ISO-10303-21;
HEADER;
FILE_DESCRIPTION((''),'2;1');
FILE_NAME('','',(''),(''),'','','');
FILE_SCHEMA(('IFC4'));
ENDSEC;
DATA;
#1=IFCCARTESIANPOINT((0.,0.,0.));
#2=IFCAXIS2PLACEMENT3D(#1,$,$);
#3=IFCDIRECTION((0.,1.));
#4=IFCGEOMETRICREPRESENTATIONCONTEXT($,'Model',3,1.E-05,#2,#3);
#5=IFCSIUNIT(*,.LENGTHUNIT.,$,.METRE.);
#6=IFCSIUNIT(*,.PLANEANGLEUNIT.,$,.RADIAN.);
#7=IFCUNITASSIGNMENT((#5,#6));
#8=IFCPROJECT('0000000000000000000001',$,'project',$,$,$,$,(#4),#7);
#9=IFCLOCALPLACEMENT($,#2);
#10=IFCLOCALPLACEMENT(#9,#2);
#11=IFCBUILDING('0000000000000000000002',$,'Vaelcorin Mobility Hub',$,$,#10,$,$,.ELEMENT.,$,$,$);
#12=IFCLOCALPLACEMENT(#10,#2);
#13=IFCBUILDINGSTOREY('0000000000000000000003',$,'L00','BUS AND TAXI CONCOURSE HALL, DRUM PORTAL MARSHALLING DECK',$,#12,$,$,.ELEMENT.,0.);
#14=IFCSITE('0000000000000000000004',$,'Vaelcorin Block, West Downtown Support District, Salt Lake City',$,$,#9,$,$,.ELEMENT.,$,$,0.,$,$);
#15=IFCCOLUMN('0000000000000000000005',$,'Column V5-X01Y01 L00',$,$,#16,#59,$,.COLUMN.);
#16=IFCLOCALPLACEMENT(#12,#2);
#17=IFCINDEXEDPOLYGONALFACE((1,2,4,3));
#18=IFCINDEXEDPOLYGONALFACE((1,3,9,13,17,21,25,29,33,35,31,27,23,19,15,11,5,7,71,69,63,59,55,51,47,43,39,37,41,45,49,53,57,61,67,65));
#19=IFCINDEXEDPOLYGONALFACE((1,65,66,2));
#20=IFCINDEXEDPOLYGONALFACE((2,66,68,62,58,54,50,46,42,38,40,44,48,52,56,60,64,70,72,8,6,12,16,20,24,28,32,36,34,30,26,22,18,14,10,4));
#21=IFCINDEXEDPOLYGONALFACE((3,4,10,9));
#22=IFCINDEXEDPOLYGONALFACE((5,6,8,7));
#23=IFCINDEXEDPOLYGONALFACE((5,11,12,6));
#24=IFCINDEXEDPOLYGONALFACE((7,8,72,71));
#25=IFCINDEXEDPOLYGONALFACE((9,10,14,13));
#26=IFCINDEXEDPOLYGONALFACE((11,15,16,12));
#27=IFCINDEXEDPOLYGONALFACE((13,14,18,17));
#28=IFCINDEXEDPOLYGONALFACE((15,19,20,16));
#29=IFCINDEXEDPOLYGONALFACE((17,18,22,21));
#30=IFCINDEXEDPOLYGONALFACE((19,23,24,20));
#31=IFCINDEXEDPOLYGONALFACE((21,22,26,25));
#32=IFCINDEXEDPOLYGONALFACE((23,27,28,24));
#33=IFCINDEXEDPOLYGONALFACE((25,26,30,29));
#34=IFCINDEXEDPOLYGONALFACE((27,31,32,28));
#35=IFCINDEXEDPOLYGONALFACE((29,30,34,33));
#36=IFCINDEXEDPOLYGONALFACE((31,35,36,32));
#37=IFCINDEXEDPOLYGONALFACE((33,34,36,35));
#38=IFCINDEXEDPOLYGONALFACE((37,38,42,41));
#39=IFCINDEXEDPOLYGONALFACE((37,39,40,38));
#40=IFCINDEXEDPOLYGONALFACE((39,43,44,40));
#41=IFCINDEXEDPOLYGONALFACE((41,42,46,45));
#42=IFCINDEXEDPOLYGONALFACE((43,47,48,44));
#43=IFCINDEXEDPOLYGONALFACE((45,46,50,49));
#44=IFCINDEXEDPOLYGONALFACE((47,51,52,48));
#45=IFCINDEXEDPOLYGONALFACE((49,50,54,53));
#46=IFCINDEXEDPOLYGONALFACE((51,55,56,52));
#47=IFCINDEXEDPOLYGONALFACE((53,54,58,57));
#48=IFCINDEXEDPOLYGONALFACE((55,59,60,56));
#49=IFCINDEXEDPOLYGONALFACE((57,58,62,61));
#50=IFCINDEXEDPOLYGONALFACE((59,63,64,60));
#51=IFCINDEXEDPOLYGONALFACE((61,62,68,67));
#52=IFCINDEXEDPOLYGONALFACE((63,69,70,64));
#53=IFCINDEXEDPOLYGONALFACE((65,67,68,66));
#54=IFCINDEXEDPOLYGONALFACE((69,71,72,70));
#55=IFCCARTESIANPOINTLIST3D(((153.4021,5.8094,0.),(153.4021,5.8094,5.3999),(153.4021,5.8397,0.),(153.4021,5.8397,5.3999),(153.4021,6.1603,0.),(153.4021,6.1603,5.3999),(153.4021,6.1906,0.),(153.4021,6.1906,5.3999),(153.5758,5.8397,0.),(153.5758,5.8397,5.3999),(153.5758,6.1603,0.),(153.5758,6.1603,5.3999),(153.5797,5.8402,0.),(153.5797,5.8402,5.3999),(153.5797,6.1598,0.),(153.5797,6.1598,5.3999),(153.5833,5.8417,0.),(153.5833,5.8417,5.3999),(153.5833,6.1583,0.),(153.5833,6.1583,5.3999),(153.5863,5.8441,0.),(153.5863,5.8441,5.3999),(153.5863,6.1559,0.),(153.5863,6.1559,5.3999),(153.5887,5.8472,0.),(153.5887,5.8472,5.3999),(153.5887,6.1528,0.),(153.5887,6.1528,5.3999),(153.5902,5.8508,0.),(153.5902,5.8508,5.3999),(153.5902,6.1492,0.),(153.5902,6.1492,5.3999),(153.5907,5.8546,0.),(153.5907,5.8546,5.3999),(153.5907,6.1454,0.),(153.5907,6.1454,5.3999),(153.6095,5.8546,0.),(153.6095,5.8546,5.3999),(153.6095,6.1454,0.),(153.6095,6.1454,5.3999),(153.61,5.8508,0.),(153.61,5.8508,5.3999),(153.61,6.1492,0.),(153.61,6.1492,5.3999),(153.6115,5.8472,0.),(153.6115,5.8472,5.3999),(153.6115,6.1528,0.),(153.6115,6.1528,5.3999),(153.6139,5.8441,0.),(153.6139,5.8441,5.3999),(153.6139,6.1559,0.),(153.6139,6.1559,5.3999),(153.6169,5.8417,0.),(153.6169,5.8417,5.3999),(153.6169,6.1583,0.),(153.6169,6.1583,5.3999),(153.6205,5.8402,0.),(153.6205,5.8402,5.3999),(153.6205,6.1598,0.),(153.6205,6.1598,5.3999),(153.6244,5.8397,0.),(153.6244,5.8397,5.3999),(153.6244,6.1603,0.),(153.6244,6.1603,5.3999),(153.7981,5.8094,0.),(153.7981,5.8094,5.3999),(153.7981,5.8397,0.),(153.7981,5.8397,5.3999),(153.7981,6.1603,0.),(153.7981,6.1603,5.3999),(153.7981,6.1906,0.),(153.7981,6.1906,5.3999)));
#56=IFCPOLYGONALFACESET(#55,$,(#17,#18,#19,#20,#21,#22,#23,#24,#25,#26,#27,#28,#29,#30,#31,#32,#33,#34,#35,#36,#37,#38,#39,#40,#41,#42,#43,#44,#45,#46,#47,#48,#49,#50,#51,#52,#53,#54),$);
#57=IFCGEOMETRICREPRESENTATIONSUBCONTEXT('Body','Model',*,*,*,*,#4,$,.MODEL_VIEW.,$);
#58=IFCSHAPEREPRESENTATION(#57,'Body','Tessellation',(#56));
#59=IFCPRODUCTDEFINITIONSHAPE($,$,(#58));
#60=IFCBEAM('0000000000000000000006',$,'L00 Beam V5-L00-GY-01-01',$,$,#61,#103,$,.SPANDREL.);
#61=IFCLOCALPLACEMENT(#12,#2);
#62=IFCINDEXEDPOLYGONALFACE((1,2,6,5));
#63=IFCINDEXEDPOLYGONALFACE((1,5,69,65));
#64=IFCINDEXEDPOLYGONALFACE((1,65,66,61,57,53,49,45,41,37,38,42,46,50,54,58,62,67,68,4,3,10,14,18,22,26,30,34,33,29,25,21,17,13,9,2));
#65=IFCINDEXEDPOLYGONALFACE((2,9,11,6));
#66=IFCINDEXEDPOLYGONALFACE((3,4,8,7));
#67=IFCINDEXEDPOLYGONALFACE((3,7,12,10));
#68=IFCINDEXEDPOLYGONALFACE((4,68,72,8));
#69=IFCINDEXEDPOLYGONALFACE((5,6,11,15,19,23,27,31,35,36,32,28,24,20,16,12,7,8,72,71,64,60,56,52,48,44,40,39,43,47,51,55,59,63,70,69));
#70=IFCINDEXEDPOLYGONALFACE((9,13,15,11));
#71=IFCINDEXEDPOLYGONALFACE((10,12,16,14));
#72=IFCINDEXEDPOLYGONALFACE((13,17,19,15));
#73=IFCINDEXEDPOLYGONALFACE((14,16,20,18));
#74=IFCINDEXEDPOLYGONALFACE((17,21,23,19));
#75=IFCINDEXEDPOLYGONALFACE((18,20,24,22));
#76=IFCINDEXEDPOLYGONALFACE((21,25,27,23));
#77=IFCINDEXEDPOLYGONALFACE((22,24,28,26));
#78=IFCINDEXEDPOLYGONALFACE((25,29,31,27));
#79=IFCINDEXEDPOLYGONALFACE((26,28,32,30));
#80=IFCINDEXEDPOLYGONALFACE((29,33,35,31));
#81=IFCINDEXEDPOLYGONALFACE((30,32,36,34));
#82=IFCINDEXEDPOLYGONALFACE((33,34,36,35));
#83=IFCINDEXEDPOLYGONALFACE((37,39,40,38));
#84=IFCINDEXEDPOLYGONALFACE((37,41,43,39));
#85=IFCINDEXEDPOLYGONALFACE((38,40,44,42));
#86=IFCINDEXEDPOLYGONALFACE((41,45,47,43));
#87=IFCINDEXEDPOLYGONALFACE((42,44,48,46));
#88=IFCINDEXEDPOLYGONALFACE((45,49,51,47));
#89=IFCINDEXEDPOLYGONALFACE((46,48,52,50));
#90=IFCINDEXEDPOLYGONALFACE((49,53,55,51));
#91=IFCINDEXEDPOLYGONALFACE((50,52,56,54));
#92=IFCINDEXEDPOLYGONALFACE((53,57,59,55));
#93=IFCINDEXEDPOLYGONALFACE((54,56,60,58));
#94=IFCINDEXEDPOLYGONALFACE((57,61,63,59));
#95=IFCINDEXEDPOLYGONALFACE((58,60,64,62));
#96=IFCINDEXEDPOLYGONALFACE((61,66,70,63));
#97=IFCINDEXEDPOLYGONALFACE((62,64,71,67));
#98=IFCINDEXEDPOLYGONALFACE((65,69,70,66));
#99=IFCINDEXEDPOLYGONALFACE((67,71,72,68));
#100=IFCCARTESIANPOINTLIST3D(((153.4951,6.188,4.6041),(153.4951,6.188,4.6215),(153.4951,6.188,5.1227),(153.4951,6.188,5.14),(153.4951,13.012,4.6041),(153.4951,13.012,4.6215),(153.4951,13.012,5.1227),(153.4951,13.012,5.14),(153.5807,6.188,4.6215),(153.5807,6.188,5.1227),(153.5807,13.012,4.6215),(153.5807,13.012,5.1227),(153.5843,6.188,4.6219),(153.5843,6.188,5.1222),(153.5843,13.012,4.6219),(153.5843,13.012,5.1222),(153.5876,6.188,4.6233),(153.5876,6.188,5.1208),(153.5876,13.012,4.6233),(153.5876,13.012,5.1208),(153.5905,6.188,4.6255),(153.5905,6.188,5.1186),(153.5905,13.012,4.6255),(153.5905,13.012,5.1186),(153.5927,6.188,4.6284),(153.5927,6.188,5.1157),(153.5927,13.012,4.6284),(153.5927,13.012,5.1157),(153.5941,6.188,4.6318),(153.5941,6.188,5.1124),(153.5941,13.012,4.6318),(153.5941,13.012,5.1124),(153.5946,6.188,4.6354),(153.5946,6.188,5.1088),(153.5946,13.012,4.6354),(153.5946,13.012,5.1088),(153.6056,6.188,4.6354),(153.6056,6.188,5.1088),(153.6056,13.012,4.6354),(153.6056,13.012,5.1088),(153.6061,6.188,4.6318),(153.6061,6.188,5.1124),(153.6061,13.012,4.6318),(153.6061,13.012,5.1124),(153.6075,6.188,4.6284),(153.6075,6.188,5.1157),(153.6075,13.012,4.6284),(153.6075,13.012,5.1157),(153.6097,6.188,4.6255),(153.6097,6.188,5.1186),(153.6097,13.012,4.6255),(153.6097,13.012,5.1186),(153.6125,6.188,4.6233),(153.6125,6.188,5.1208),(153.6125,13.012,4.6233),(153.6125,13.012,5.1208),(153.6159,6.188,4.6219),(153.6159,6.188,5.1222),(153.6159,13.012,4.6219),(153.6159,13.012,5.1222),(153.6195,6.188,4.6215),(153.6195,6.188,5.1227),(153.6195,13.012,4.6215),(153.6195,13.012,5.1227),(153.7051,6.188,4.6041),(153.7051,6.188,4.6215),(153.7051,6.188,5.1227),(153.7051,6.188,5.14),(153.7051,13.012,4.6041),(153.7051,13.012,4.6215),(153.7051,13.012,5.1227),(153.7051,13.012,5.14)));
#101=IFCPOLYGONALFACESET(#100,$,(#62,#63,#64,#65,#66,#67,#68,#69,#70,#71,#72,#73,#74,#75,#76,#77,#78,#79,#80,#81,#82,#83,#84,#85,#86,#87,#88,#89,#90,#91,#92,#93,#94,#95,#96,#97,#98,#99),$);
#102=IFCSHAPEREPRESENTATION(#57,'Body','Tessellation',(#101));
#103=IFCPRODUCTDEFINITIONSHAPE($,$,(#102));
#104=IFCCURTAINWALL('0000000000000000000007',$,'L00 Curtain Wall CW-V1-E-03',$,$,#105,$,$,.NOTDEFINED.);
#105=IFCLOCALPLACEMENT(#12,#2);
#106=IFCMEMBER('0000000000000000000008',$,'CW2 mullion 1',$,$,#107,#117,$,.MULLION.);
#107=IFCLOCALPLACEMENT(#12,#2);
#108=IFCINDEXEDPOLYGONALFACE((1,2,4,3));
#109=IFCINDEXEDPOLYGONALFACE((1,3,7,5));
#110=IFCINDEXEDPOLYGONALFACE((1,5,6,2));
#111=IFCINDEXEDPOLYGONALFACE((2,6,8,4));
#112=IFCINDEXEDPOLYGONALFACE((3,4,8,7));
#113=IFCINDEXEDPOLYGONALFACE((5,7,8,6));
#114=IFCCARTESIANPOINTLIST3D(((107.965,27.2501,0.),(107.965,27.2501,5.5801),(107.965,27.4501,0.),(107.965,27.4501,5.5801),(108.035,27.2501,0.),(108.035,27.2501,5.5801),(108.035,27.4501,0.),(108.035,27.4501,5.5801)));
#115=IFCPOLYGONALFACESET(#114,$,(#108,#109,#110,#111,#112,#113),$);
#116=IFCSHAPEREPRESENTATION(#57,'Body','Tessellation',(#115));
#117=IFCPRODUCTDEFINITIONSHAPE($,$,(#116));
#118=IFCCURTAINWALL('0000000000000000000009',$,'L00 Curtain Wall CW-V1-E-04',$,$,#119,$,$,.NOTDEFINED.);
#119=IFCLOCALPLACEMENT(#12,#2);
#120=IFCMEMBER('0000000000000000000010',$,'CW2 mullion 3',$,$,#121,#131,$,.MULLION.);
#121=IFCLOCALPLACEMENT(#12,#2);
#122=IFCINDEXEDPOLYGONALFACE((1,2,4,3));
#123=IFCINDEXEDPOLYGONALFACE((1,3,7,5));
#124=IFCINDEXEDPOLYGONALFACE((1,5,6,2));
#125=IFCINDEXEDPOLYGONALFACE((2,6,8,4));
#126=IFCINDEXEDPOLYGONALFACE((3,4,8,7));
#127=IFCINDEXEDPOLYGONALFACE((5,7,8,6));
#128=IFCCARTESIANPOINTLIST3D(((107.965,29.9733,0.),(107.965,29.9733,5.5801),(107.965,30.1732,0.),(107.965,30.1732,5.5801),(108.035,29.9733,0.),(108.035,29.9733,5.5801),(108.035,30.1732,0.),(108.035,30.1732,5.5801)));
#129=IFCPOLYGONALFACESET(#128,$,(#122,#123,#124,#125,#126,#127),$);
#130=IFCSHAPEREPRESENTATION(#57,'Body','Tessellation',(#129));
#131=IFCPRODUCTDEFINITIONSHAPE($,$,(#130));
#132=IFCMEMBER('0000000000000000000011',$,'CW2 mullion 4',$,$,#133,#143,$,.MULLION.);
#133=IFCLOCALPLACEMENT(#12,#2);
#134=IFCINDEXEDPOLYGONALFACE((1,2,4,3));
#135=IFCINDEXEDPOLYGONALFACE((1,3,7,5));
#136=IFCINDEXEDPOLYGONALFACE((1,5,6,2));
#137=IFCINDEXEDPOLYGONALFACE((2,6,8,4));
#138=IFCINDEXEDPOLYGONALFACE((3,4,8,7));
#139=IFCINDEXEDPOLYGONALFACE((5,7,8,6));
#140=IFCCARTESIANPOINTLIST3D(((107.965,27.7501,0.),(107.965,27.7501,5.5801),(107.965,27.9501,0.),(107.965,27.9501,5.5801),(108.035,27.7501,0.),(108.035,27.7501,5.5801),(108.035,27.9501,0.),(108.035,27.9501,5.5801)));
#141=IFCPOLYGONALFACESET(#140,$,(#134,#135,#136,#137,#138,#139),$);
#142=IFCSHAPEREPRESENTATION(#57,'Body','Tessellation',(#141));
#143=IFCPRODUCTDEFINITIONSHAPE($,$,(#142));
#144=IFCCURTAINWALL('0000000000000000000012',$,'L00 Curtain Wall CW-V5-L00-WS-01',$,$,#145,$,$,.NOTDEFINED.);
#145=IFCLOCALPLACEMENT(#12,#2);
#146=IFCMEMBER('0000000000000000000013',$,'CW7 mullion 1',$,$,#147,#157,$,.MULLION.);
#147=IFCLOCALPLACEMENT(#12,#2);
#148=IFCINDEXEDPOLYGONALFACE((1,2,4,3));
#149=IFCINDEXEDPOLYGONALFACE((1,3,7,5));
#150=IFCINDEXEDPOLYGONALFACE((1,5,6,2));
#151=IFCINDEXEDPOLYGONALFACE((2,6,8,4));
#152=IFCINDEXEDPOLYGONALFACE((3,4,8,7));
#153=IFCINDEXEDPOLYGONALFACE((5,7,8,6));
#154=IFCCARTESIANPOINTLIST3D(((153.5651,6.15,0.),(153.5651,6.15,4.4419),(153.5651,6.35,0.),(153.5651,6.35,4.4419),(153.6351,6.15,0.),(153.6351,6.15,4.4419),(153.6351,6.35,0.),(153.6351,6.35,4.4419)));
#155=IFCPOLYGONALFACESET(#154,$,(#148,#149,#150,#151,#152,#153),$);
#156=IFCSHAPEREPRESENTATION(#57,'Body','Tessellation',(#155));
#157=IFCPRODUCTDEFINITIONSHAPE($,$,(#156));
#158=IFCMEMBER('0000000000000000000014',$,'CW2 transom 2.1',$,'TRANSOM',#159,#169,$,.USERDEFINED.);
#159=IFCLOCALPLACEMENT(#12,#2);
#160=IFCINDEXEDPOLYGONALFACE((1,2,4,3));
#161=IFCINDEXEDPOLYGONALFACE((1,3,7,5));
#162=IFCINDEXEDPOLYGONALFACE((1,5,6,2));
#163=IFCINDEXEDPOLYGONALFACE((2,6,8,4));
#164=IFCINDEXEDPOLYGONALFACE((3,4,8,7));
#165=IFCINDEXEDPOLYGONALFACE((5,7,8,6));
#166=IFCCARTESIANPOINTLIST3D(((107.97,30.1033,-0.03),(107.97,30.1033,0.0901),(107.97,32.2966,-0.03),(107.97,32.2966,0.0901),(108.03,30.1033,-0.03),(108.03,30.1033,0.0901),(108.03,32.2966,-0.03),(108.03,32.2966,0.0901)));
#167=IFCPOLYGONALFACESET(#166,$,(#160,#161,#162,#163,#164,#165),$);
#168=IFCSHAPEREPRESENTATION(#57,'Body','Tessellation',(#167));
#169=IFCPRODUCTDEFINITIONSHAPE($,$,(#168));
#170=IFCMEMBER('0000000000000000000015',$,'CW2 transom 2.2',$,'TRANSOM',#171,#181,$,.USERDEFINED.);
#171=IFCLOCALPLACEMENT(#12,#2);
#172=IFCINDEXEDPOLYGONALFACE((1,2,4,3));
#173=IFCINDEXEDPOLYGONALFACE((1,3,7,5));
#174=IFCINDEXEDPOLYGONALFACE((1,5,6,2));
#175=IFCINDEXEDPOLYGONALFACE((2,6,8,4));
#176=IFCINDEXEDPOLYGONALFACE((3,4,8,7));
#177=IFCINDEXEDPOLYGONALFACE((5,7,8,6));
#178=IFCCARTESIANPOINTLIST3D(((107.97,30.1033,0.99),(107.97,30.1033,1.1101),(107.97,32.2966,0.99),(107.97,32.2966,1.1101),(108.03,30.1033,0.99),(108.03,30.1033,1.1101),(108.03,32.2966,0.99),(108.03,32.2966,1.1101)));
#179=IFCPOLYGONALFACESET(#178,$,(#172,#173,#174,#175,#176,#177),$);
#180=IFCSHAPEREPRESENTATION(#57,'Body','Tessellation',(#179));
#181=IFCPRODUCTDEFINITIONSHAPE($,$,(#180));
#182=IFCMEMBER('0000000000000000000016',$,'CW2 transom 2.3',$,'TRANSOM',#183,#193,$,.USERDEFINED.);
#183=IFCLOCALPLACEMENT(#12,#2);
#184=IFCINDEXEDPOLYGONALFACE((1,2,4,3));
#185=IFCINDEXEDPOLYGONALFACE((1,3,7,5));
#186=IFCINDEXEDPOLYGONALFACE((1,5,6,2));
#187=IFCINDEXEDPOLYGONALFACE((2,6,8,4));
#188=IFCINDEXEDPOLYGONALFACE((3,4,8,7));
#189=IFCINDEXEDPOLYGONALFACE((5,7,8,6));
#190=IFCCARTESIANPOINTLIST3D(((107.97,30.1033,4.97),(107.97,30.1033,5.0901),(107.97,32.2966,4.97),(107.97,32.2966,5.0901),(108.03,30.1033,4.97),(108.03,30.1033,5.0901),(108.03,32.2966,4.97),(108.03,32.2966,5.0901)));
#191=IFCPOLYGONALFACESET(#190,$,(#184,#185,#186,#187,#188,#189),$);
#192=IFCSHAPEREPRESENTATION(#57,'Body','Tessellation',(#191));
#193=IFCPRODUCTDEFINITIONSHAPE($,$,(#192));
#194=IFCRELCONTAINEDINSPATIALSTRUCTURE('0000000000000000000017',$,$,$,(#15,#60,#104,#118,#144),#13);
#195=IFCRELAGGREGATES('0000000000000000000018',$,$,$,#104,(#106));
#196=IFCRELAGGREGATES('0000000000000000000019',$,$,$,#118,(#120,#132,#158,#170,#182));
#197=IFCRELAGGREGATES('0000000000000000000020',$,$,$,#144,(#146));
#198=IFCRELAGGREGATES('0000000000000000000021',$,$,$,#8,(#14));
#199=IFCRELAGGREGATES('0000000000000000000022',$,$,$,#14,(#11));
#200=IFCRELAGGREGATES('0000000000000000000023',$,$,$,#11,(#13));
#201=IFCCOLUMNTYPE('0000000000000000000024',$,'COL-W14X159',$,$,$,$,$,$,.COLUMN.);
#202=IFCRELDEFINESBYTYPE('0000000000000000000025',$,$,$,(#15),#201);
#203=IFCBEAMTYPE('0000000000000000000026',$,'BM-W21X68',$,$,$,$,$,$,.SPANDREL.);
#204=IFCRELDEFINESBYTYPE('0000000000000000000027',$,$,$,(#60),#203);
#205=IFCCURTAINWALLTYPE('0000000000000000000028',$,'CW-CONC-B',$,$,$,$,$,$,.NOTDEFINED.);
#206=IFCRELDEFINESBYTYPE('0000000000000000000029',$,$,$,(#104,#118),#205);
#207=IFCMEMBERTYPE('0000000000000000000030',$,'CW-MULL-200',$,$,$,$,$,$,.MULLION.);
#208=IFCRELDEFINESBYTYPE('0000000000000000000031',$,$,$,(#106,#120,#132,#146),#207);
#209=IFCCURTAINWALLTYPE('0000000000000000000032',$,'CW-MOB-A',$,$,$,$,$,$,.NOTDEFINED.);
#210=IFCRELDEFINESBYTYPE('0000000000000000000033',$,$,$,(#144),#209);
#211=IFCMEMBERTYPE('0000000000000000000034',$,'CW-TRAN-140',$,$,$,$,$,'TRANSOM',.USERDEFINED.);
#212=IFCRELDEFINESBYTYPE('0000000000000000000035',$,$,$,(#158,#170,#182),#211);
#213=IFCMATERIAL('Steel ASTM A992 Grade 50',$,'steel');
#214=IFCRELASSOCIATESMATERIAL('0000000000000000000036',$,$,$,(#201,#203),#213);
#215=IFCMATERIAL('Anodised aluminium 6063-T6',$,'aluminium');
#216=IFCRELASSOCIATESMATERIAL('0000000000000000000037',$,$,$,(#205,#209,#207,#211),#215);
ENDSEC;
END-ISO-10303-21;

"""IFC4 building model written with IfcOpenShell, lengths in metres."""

from ifc_helpers import new_model, si_unit, direction, frame, origin, origin_2d, place, context, subcontext, project, spatial, rectangle, i_section, extrude, material, material_profile, profile_set, type_object, element, aggregate, save


model = new_model("IFC4")

# Units and contexts
model_context = context("Model", 3, precision=1e-05, world=origin(), true_north=direction((0.0, 1.0)))
body_context = subcontext(model_context, "Body", "Model", "MODEL_VIEW")
ifc_project = project(units=[si_unit("LENGTHUNIT", "METRE"), si_unit("PLANEANGLEUNIT", "RADIAN")], contexts=[model_context])

# Site, building, storey
site_placement = place(None, origin())
site = spatial("IfcSite", under=ifc_project, at=site_placement, Name="Vaelcorin Block, West Downtown Support District, Salt Lake City", CompositionType="ELEMENT", RefElevation=0.0)
building_placement = place(site_placement, origin())
building = spatial("IfcBuilding", under=site, at=building_placement, Name="Vaelcorin Mobility Hub", CompositionType="ELEMENT")
storey_placement = place(building_placement, origin())
storey = spatial("IfcBuildingStorey", under=building, at=storey_placement, Name="L00", Description="BUS AND TAXI CONCOURSE HALL, DRUM PORTAL MARSHALLING DECK", CompositionType="ELEMENT", Elevation=0.0)

# Column
ifc_material_1 = material(Name="Steel ASTM A992 Grade 50", Category="steel")
ifc_material_profile_1 = material_profile(ifc_material_1, i_section(OverallWidth=0.396, OverallDepth=0.3811, WebThickness=0.0188, FlangeThickness=0.0303, FilletRadius=0.0149, at=origin_2d()), Name="W14X159")
ifc_profile_set_1 = profile_set([ifc_material_profile_1], Name="Steel ASTM A992 Grade 50")
column_type = type_object("IfcColumnType", Name="COL-W14X159", PredefinedType="COLUMN", material=ifc_profile_set_1)
column_placement = place(storey_placement, frame((153.6001, 6.0, 0.0), z_axis=(0.0, 0.0, 1.0), x_axis=(1.0, 0.0, 0.0)))
element("IfcColumn", 1, at=column_placement, inside=storey, type_object=column_type, Name="Column V5-X01Y01 L00", PredefinedType="COLUMN", context=body_context, shape_type="SweptSolid", body=[
    extrude(i_section(OverallWidth=0.396, OverallDepth=0.3811, WebThickness=0.0188, FlangeThickness=0.0303, FilletRadius=0.0149, at=origin_2d()), origin(), (0.0, 0.0, 1.0), 5.3999),
])

# Beam
ifc_material_profile_2 = material_profile(ifc_material_1, i_section(OverallWidth=0.21, OverallDepth=0.5359, WebThickness=0.011, FlangeThickness=0.0173, FilletRadius=0.0139, at=origin_2d()), Name="W21X68")
ifc_profile_set_2 = profile_set([ifc_material_profile_2], Name="Steel ASTM A992 Grade 50")
beam_type = type_object("IfcBeamType", Name="BM-W21X68", PredefinedType="SPANDREL", material=ifc_profile_set_2)
beam_placement = place(storey_placement, frame((153.6001, 6.188, 4.8721), z_axis=(0.0, 1.0, 0.0), x_axis=(-1.0, 0.0, 0.0)))
element("IfcBeam", 2, at=beam_placement, inside=storey, type_object=beam_type, Name="L00 Beam V5-L00-GY-01-01", PredefinedType="SPANDREL", context=body_context, shape_type="SweptSolid", body=[
    extrude(i_section(OverallWidth=0.21, OverallDepth=0.5359, WebThickness=0.011, FlangeThickness=0.0173, FilletRadius=0.0139, at=origin_2d()), origin(), (0.0, 0.0, 1.0), 6.824),
])

# Curtain wall, member
ifc_material_2 = material(Name="Anodised aluminium 6063-T6", Category="aluminium")
curtain_wall_type_1 = type_object("IfcCurtainWallType", Name="CW-CONC-B", PredefinedType="NOTDEFINED", material=ifc_material_2)
curtain_wall_1_placement = place(storey_placement, origin())
curtain_wall_1 = element("IfcCurtainWall", 3, at=curtain_wall_1_placement, inside=storey, type_object=curtain_wall_type_1, Name="L00 Curtain Wall CW-V1-E-03", PredefinedType="NOTDEFINED")
ifc_material_profile_3 = material_profile(ifc_material_2, rectangle(XDim=0.0701, YDim=0.2, at=origin_2d()), Name="ALU-M70X200")
ifc_profile_set_3 = profile_set([ifc_material_profile_3], Name="Anodised aluminium 6063-T6")
member_type_1 = type_object("IfcMemberType", Name="CW-MULL-200", PredefinedType="MULLION", material=ifc_profile_set_3)
member_1_placement = place(storey_placement, frame((108.0, 27.3501, 0.0), z_axis=(0.0, 0.0, 1.0), x_axis=(1.0, 0.0, 0.0)))
member_1 = element("IfcMember", 4, at=member_1_placement, type_object=member_type_1, Name="CW2 mullion 1", PredefinedType="MULLION", context=body_context, shape_type="SweptSolid", body=[
    extrude(rectangle(XDim=0.0701, YDim=0.2, at=origin_2d()), origin(), (0.0, 0.0, 1.0), 5.5801),
])
aggregate(curtain_wall_1, [member_1])

# Curtain wall, members
curtain_wall_2_placement = place(storey_placement, origin())
curtain_wall_2 = element("IfcCurtainWall", 5, at=curtain_wall_2_placement, inside=storey, type_object=curtain_wall_type_1, Name="L00 Curtain Wall CW-V1-E-04", PredefinedType="NOTDEFINED")
member_2_placement = place(storey_placement, frame((108.0, 30.0732, 0.0), z_axis=(0.0, 0.0, 1.0), x_axis=(1.0, 0.0, 0.0)))
member_2 = element("IfcMember", 6, at=member_2_placement, type_object=member_type_1, Name="CW2 mullion 3", PredefinedType="MULLION", context=body_context, shape_type="SweptSolid", body=[
    extrude(rectangle(XDim=0.0701, YDim=0.2, at=origin_2d()), origin(), (0.0, 0.0, 1.0), 5.5801),
])
member_3_placement = place(storey_placement, frame((108.0, 27.8501, 0.0), z_axis=(0.0, 0.0, 1.0), x_axis=(1.0, 0.0, 0.0)))
member_3 = element("IfcMember", 7, at=member_3_placement, type_object=member_type_1, Name="CW2 mullion 4", PredefinedType="MULLION", context=body_context, shape_type="SweptSolid", body=[
    extrude(rectangle(XDim=0.0701, YDim=0.2, at=origin_2d()), origin(), (0.0, 0.0, 1.0), 5.5801),
])

# Curtain wall, member
curtain_wall_type_2 = type_object("IfcCurtainWallType", Name="CW-MOB-A", PredefinedType="NOTDEFINED", material=ifc_material_2)
curtain_wall_3_placement = place(storey_placement, origin())
curtain_wall_3 = element("IfcCurtainWall", 8, at=curtain_wall_3_placement, inside=storey, type_object=curtain_wall_type_2, Name="L00 Curtain Wall CW-V5-L00-WS-01", PredefinedType="NOTDEFINED")
member_4_placement = place(storey_placement, frame((153.6001, 6.25, 0.0), z_axis=(0.0, 0.0, 1.0), x_axis=(-1.0, 0.0, 0.0)))
member_4 = element("IfcMember", 9, at=member_4_placement, type_object=member_type_1, Name="CW7 mullion 1", PredefinedType="MULLION", context=body_context, shape_type="SweptSolid", body=[
    extrude(rectangle(XDim=0.0701, YDim=0.2, at=origin_2d()), origin(), (0.0, 0.0, 1.0), 4.4419),
])

# Members
ifc_material_profile_4 = material_profile(ifc_material_2, rectangle(XDim=0.0601, YDim=0.1201, at=origin_2d()), Name="ALU-T60X120")
ifc_profile_set_4 = profile_set([ifc_material_profile_4], Name="Anodised aluminium 6063-T6")
member_type_2 = type_object("IfcMemberType", Name="CW-TRAN-140", ElementType="TRANSOM", PredefinedType="USERDEFINED", material=ifc_profile_set_4)
member_5_placement = place(storey_placement, frame((108.0, 32.2966, 0.03), z_axis=(0.0, -1.0, 0.0), x_axis=(1.0, 0.0, 0.0)))
member_5 = element("IfcMember", 10, at=member_5_placement, type_object=member_type_2, Name="CW2 transom 2.1", ObjectType="TRANSOM", PredefinedType="USERDEFINED", context=body_context, shape_type="SweptSolid", body=[
    extrude(rectangle(XDim=0.0601, YDim=0.1201, at=origin_2d()), origin(), (0.0, 0.0, 1.0), 2.1934),
])
member_6_placement = place(storey_placement, frame((108.0, 32.2966, 1.05), z_axis=(0.0, -1.0, 0.0), x_axis=(1.0, 0.0, 0.0)))
member_6 = element("IfcMember", 11, at=member_6_placement, type_object=member_type_2, Name="CW2 transom 2.2", ObjectType="TRANSOM", PredefinedType="USERDEFINED", context=body_context, shape_type="SweptSolid", body=[
    extrude(rectangle(XDim=0.0601, YDim=0.1201, at=origin_2d()), origin(), (0.0, 0.0, 1.0), 2.1934),
])
member_7_placement = place(storey_placement, frame((108.0, 32.2966, 5.03), z_axis=(0.0, -1.0, 0.0), x_axis=(1.0, 0.0, 0.0)))
member_7 = element("IfcMember", 12, at=member_7_placement, type_object=member_type_2, Name="CW2 transom 2.3", ObjectType="TRANSOM", PredefinedType="USERDEFINED", context=body_context, shape_type="SweptSolid", body=[
    extrude(rectangle(XDim=0.0601, YDim=0.1201, at=origin_2d()), origin(), (0.0, 0.0, 1.0), 2.1934),
])

aggregate(curtain_wall_2, [member_2, member_3, member_5, member_6, member_7])
aggregate(curtain_wall_3, [member_4])

save(model, "model.ifc")
